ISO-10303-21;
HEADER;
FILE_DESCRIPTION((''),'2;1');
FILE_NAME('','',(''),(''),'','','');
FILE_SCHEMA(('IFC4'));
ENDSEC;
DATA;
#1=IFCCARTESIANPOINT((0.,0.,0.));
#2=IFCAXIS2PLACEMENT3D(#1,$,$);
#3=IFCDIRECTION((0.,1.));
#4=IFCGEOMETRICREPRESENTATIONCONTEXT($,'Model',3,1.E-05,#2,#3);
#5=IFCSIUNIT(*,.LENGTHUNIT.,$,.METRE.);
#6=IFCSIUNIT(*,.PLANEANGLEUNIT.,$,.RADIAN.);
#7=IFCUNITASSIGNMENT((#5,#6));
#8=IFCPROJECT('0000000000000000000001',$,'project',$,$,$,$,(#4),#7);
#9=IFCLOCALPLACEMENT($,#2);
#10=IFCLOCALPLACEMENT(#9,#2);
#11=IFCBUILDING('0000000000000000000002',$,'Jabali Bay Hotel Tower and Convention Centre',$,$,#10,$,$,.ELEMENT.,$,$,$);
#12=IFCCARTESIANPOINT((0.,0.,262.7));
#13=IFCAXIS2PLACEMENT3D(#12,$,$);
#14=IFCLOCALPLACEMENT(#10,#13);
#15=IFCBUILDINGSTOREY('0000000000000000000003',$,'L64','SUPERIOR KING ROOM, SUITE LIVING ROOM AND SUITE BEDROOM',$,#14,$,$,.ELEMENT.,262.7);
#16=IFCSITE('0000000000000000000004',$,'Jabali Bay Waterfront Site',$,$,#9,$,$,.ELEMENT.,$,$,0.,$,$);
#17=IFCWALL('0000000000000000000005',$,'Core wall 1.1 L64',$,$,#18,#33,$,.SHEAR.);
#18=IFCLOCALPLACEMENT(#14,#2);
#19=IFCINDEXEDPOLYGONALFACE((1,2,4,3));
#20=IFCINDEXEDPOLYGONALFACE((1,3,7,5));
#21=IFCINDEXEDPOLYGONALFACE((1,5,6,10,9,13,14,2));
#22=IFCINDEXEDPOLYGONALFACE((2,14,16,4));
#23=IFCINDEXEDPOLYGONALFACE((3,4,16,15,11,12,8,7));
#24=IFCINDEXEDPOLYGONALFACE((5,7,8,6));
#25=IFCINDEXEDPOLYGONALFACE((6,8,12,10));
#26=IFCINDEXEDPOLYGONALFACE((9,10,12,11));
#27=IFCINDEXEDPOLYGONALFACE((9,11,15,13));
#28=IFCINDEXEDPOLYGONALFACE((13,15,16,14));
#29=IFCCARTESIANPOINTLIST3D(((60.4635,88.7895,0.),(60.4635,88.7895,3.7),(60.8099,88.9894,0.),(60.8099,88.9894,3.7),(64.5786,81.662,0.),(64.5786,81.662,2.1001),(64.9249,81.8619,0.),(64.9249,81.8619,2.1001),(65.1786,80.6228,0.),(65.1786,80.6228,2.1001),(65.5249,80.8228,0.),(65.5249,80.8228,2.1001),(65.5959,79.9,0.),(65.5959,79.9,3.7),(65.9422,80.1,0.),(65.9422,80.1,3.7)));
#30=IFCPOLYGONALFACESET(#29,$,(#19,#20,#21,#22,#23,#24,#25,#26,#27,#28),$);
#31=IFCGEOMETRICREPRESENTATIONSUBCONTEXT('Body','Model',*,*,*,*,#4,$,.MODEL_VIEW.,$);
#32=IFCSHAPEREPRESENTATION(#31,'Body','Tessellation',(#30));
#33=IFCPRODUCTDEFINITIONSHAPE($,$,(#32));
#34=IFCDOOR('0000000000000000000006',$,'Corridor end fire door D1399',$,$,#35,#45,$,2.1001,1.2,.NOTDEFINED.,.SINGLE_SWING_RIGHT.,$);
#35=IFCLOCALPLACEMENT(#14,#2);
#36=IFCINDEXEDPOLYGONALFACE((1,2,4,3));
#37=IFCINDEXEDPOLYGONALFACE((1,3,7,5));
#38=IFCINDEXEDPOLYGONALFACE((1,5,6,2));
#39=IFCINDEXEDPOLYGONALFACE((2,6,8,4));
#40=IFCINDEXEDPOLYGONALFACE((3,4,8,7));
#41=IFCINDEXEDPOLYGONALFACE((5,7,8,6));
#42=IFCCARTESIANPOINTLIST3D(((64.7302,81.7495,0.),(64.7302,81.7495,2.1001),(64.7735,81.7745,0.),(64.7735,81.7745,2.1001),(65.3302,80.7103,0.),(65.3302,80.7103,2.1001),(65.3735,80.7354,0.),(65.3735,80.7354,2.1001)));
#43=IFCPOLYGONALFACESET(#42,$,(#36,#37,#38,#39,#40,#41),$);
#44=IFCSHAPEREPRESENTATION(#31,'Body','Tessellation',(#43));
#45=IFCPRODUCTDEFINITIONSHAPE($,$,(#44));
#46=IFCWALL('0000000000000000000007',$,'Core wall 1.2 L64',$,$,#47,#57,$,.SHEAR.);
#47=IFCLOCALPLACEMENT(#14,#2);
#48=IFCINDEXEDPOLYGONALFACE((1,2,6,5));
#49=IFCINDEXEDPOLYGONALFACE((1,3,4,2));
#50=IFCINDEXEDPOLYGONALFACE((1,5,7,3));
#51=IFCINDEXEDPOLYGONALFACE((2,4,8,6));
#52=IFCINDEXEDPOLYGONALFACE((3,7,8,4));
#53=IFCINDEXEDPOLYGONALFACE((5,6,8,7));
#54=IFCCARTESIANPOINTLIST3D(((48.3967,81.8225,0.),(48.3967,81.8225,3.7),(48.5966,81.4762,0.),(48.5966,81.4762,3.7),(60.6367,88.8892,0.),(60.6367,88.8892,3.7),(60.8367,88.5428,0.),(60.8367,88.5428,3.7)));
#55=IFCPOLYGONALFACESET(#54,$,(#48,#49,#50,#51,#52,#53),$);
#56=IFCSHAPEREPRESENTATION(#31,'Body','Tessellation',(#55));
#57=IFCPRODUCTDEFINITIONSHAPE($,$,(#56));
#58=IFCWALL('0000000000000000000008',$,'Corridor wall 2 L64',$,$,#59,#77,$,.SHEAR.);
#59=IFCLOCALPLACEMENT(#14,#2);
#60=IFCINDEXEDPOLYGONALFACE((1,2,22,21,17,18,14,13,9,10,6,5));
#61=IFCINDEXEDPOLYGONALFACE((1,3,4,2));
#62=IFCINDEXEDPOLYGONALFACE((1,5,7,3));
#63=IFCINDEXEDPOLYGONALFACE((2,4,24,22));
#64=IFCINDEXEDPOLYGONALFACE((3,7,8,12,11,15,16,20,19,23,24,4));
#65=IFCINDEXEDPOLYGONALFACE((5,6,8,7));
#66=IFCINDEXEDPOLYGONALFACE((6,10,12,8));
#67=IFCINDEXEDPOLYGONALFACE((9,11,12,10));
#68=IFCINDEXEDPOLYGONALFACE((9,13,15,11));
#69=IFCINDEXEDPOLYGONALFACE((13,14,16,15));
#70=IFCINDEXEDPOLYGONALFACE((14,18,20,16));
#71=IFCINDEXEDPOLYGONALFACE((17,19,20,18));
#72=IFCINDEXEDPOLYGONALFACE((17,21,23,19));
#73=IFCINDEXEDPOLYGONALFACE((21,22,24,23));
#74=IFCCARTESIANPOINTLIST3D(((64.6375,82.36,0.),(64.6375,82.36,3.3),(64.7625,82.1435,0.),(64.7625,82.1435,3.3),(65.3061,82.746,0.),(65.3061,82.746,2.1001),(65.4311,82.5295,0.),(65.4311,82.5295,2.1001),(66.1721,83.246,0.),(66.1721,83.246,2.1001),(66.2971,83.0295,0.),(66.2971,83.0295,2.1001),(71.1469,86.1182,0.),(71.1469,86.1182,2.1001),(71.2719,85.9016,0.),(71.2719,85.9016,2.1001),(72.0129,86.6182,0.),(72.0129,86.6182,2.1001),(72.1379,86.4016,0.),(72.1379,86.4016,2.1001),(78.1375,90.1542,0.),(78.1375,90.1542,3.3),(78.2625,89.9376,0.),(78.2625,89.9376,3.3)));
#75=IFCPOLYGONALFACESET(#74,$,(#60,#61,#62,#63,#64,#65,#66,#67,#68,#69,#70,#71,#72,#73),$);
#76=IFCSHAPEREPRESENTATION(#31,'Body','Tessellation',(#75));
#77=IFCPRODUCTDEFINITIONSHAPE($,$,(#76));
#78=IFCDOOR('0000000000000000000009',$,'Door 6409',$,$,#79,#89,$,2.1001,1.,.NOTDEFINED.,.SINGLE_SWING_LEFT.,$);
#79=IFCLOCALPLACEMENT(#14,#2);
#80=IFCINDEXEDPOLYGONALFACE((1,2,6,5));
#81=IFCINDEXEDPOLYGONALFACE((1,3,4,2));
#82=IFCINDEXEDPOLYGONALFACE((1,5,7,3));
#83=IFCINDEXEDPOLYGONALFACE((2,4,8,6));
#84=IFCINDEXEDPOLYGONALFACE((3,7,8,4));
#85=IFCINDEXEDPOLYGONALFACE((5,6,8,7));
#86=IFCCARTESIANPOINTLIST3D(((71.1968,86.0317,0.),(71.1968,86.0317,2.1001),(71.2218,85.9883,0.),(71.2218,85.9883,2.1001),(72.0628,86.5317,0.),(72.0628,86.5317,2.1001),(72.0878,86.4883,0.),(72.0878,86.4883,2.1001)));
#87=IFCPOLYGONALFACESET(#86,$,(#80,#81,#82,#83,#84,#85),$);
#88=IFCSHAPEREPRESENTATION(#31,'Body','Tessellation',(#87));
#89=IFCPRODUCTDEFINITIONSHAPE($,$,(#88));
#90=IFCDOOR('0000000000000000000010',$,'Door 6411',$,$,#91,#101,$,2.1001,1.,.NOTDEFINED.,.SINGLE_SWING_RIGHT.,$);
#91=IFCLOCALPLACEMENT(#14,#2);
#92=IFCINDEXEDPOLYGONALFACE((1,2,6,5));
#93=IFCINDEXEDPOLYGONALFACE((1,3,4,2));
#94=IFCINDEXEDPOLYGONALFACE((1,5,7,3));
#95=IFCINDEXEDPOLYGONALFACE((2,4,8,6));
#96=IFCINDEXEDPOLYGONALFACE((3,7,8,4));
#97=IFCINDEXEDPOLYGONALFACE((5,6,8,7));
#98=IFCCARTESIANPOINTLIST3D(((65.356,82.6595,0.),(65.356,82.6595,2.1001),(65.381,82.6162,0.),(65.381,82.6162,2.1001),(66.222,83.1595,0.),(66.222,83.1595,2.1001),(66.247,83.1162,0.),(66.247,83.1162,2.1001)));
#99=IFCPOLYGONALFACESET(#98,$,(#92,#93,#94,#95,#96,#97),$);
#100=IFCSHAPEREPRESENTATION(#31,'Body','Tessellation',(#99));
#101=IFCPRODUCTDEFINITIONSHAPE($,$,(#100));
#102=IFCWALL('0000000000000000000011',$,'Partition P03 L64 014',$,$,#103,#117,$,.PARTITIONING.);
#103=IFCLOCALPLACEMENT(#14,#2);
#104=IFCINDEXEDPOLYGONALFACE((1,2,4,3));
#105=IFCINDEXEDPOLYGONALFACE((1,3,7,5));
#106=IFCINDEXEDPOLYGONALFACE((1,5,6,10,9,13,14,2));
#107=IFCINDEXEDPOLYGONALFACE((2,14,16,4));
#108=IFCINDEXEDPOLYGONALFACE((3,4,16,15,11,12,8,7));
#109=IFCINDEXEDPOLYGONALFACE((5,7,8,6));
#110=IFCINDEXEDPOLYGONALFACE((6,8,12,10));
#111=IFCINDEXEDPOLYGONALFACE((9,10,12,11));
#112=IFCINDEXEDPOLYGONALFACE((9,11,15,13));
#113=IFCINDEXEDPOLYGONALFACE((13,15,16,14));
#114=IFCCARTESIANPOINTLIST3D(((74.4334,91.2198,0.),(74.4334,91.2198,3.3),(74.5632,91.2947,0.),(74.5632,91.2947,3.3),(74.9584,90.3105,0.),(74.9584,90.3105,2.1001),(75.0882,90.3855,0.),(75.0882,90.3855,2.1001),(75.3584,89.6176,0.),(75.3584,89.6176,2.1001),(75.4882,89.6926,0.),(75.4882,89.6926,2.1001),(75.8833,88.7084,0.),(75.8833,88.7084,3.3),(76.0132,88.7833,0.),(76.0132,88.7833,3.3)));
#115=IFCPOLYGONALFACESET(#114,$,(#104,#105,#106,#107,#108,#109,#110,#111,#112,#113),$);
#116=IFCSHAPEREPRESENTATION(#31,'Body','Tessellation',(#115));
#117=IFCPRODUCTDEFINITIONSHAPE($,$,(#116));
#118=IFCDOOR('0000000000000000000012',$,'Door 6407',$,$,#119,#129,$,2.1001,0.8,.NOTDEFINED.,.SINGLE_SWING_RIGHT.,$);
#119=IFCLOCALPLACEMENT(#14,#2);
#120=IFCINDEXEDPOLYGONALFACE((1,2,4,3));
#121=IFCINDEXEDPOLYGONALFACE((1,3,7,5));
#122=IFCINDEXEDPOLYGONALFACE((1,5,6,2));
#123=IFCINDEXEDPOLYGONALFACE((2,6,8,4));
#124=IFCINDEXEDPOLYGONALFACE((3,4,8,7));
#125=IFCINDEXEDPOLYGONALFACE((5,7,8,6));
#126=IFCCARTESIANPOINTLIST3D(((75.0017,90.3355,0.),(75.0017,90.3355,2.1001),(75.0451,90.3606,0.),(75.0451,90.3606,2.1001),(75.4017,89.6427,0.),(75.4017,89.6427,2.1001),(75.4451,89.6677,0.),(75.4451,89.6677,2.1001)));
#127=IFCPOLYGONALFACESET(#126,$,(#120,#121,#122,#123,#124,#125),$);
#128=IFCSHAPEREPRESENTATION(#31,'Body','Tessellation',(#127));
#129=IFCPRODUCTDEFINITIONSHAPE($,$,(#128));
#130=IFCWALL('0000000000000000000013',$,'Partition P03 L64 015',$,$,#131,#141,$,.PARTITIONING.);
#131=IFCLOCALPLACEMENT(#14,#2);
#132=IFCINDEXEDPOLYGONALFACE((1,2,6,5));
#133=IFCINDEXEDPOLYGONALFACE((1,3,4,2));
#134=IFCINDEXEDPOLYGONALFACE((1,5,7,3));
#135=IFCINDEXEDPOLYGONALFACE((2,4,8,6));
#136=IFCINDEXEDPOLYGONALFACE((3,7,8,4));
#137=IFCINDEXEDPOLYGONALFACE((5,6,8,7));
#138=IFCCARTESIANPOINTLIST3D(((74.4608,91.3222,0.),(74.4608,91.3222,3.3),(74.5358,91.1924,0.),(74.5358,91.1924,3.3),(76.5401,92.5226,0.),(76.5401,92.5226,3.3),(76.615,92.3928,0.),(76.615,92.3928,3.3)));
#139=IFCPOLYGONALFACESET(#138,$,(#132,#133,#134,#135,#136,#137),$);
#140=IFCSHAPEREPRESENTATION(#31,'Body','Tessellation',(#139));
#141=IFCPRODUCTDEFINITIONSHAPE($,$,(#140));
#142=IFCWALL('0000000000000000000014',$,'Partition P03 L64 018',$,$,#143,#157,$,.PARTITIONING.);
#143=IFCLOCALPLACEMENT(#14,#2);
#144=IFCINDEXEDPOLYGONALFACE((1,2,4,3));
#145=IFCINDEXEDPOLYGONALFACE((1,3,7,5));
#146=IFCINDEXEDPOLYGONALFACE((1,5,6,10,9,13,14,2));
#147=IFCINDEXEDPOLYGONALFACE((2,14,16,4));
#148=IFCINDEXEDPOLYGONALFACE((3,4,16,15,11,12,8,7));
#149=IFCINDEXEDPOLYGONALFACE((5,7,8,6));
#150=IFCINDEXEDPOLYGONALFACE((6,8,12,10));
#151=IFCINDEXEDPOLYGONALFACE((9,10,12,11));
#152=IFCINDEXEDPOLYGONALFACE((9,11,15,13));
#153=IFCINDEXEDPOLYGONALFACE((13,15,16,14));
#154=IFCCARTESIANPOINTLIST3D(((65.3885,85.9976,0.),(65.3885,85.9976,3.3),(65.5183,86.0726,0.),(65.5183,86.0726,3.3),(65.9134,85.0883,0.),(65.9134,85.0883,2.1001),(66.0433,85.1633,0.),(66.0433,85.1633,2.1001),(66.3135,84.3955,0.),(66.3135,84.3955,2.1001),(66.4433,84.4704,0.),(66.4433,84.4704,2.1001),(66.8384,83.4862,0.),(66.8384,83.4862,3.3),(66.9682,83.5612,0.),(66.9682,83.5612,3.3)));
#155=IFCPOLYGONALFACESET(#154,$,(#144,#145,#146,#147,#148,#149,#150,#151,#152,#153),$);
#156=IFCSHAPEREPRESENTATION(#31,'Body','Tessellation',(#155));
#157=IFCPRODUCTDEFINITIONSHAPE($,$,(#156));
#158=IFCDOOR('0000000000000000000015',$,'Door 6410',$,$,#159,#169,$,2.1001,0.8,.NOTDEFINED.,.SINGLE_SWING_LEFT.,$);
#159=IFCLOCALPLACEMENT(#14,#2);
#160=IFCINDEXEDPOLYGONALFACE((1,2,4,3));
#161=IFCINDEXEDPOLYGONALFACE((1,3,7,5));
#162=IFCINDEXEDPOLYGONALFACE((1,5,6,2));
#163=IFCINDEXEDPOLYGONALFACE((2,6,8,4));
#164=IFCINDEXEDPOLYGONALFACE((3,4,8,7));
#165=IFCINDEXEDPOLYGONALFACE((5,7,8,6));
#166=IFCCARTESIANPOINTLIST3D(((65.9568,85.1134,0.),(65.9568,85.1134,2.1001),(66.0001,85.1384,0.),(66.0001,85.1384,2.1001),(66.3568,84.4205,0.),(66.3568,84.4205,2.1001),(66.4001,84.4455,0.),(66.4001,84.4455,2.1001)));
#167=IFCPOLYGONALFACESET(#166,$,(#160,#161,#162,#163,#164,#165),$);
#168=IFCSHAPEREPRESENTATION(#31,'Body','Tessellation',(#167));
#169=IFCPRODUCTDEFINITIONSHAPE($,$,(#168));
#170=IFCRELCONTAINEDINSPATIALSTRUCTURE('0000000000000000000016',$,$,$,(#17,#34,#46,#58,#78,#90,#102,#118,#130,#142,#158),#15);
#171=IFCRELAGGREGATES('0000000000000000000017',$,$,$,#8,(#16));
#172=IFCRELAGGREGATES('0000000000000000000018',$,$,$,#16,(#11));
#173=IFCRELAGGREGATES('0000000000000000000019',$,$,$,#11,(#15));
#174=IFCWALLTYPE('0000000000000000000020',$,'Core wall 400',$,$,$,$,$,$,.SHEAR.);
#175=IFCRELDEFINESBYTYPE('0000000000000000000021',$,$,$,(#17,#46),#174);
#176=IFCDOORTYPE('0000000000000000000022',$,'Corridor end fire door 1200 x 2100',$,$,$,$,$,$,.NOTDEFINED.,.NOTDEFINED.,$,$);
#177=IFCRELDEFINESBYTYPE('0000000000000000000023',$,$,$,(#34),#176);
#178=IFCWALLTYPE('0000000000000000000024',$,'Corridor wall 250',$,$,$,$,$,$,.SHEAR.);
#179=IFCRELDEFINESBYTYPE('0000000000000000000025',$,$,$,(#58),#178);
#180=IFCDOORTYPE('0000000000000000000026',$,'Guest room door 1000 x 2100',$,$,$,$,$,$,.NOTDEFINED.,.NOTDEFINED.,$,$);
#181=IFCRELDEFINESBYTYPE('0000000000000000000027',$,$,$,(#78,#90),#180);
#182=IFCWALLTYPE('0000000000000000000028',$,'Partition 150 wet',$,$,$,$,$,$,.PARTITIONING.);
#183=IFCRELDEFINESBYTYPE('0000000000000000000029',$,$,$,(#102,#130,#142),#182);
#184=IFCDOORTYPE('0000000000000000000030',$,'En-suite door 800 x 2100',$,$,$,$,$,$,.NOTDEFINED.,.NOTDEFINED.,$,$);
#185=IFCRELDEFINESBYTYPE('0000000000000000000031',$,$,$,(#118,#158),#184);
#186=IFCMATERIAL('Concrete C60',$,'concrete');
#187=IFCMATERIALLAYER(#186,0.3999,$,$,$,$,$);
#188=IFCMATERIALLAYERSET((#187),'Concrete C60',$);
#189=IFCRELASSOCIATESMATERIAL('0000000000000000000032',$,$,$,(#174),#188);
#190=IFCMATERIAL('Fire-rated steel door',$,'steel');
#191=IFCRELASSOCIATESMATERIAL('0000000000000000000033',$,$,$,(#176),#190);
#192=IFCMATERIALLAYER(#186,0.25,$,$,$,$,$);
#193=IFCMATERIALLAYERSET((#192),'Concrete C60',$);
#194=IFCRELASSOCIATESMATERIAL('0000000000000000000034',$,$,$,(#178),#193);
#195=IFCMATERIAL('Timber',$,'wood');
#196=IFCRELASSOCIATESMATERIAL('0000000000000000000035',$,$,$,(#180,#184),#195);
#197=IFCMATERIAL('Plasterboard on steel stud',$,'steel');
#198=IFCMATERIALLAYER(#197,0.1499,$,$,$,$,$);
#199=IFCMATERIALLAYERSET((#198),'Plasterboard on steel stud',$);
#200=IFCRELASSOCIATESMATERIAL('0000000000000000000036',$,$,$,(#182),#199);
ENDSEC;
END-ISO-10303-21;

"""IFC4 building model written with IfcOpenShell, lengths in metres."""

from ifc_helpers import new_model, si_unit, direction, frame, frame_2d, origin, place, context, subcontext, project, spatial, rectangle, extrude, material, layer, layer_set, type_object, element, fill, save


model = new_model("IFC4")

# Units and contexts
model_context = context("Model", 3, precision=1e-05, world=origin(), true_north=direction((0.0, 1.0)))
body_context = subcontext(model_context, "Body", "Model", "MODEL_VIEW")
ifc_project = project(units=[si_unit("LENGTHUNIT", "METRE"), si_unit("PLANEANGLEUNIT", "RADIAN")], contexts=[model_context])

# Site, building, storey
site_placement = place(None, origin())
site = spatial("IfcSite", under=ifc_project, at=site_placement, Name="Jabali Bay Waterfront Site", CompositionType="ELEMENT", RefElevation=0.0)
building_placement = place(site_placement, origin())
building = spatial("IfcBuilding", under=site, at=building_placement, Name="Jabali Bay Hotel Tower and Convention Centre", CompositionType="ELEMENT")
storey_placement = place(building_placement, frame((0.0, 0.0, 262.7)))
storey = spatial("IfcBuildingStorey", under=building, at=storey_placement, Name="L64", Description="SUPERIOR KING ROOM, SUITE LIVING ROOM AND SUITE BEDROOM", CompositionType="ELEMENT", Elevation=262.7)

# Shared definitions
ifc_material_1 = material(Name="Fire-rated steel door", Category="steel")

# Wall, opening, door
ifc_material_2 = material(Name="Concrete C60", Category="concrete")
ifc_layer_1 = layer(ifc_material_2, 0.3999)
ifc_layer_set_1 = layer_set([ifc_layer_1], Name="Concrete C60")
wall_type_1 = type_object("IfcWallType", Name="Core wall 400", PredefinedType="SHEAR", material=ifc_layer_set_1)
wall_1_placement = place(storey_placement, frame((65.769, 80.0, 0.0), z_axis=(0.0, 0.0, 1.0), x_axis=(-0.500002, 0.866024, 0.0)))
wall_1 = element("IfcWall", 1, at=wall_1_placement, inside=storey, type_object=wall_type_1, Name="Core wall 1.1 L64", PredefinedType="SHEAR", context=body_context, shape_type="SweptSolid", body=[
    extrude(rectangle(XDim=10.2646, YDim=0.3999, at=frame_2d((5.1323, 0.0))), origin(), (0.0, 0.0, 1.0), 3.7),
])
opening_1_placement = place(wall_1_placement, frame((0.8345, 0.0, 0.0)))
opening_1 = element("IfcOpeningElement", 2, at=opening_1_placement, cuts=wall_1, PredefinedType="OPENING", context=body_context, shape_type="SweptSolid", body=[
    extrude(rectangle(XDim=1.2, YDim=2.1001, at=frame_2d((0.6001, 1.05))), frame((0.0, 0.2104, 0.0), z_axis=(0.0, -1.0, 0.0), x_axis=(1.0, 0.0, 0.0)), (0.0, 0.0, 1.0), 0.4209),
])
door_type_1 = type_object("IfcDoorType", Name="Corridor end fire door 1200 x 2100", OperationType="NOTDEFINED", PredefinedType="NOTDEFINED", material=ifc_material_1)
door_1_placement = place(opening_1_placement, origin())
door_1 = element("IfcDoor", 3, at=door_1_placement, inside=storey, type_object=door_type_1, Name="Corridor end fire door D1399", OperationType="SINGLE_SWING_RIGHT", OverallHeight=2.1001, OverallWidth=1.2, PredefinedType="NOTDEFINED", context=body_context, shape_type="SweptSolid", body=[
    extrude(rectangle(XDim=1.2, YDim=2.1001, at=frame_2d((0.6001, 1.05))), frame((0.0, 0.0249, 0.0), z_axis=(0.0, -1.0, 0.0), x_axis=(1.0, 0.0, 0.0)), (0.0, 0.0, 1.0), 0.05),
])
fill(opening_1, door_1)

# Wall
wall_2_placement = place(storey_placement, frame((60.7368, 88.7161, 0.0), z_axis=(0.0, 0.0, 1.0), x_axis=(-0.866029, -0.499994, 0.0)))
element("IfcWall", 4, at=wall_2_placement, inside=storey, type_object=wall_type_1, Name="Core wall 1.2 L64", PredefinedType="SHEAR", context=body_context, shape_type="SweptSolid", body=[
    extrude(rectangle(XDim=14.1335, YDim=0.3999, at=frame_2d((7.0669, 0.0))), origin(), (0.0, 0.0, 1.0), 3.7),
])

# Wall, openings, doors
ifc_layer_2 = layer(ifc_material_2, 0.25)
ifc_layer_set_2 = layer_set([ifc_layer_2], Name="Concrete C60")
wall_type_2 = type_object("IfcWallType", Name="Corridor wall 250", PredefinedType="SHEAR", material=ifc_layer_set_2)
wall_3_placement = place(storey_placement, frame((78.2, 90.0459, 0.0), z_axis=(0.0, 0.0, 1.0), x_axis=(-0.866026, -0.499998, 0.0)))
wall_3 = element("IfcWall", 5, at=wall_3_placement, inside=storey, type_object=wall_type_2, Name="Corridor wall 2 L64", PredefinedType="SHEAR", context=body_context, shape_type="SweptSolid", body=[
    extrude(rectangle(XDim=15.5884, YDim=0.25, at=frame_2d((7.7942, 0.0))), origin(), (0.0, 0.0, 1.0), 3.3),
])
opening_2_placement = place(wall_3_placement, frame((7.072, 0.0, 0.0)))
opening_2 = element("IfcOpeningElement", 6, at=opening_2_placement, cuts=wall_3, PredefinedType="OPENING", context=body_context, shape_type="SweptSolid", body=[
    extrude(rectangle(XDim=1.0, YDim=2.1001, at=frame_2d((0.5, 1.05))), frame((0.0, 0.1355, 0.0), z_axis=(0.0, -1.0, 0.0), x_axis=(1.0, 0.0, 0.0)), (0.0, 0.0, 1.0), 0.271),
])
opening_3_placement = place(wall_3_placement, frame((13.8164, 0.0, 0.0)))
opening_3 = element("IfcOpeningElement", 7, at=opening_3_placement, cuts=wall_3, PredefinedType="OPENING", context=body_context, shape_type="SweptSolid", body=[
    extrude(rectangle(XDim=1.0, YDim=2.1001, at=frame_2d((0.5, 1.05))), frame((0.0, 0.1355, 0.0), z_axis=(0.0, -1.0, 0.0), x_axis=(1.0, 0.0, 0.0)), (0.0, 0.0, 1.0), 0.271),
])
ifc_material_3 = material(Name="Timber", Category="wood")
door_type_2 = type_object("IfcDoorType", Name="Guest room door 1000 x 2100", OperationType="NOTDEFINED", PredefinedType="NOTDEFINED", material=ifc_material_3)
door_2_placement = place(opening_2_placement, origin())
door_2 = element("IfcDoor", 8, at=door_2_placement, inside=storey, type_object=door_type_2, Name="Door 6409", OperationType="SINGLE_SWING_LEFT", OverallHeight=2.1001, OverallWidth=1.0, PredefinedType="NOTDEFINED", context=body_context, shape_type="SweptSolid", body=[
    extrude(rectangle(XDim=1.0, YDim=2.1001, at=frame_2d((0.5, 1.05))), frame((0.0, 0.0249, 0.0), z_axis=(0.0, -1.0, 0.0), x_axis=(1.0, 0.0, 0.0)), (0.0, 0.0, 1.0), 0.05),
])
fill(opening_2, door_2)
door_3_placement = place(opening_3_placement, origin())
door_3 = element("IfcDoor", 9, at=door_3_placement, inside=storey, type_object=door_type_2, Name="Door 6411", OperationType="SINGLE_SWING_RIGHT", OverallHeight=2.1001, OverallWidth=1.0, PredefinedType="NOTDEFINED", context=body_context, shape_type="SweptSolid", body=[
    extrude(rectangle(XDim=1.0, YDim=2.1001, at=frame_2d((0.5, 1.05))), frame((0.0, 0.0249, 0.0), z_axis=(0.0, -1.0, 0.0), x_axis=(1.0, 0.0, 0.0)), (0.0, 0.0, 1.0), 0.05),
])
fill(opening_3, door_3)

# Wall, opening, door
ifc_material_4 = material(Name="Plasterboard on steel stud", Category="steel")
ifc_layer_3 = layer(ifc_material_4, 0.1499)
ifc_layer_set_3 = layer_set([ifc_layer_3], Name="Plasterboard on steel stud")
wall_type_3 = type_object("IfcWallType", Name="Partition 150 wet", PredefinedType="PARTITIONING", material=ifc_layer_set_3)
wall_4_placement = place(storey_placement, frame((75.9482, 88.7458, 0.0), z_axis=(0.0, 0.0, 1.0), x_axis=(-0.499987, 0.866033, 0.0)))
wall_4 = element("IfcWall", 10, at=wall_4_placement, inside=storey, type_object=wall_type_3, Name="Partition P03 L64 014", PredefinedType="PARTITIONING", context=body_context, shape_type="SweptSolid", body=[
    extrude(rectangle(XDim=2.8999, YDim=0.1499, at=frame_2d((1.45, 0.0))), origin(), (0.0, 0.0, 1.0), 3.3),
])
opening_4_placement = place(wall_4_placement, frame((1.05, 0.0, 0.0)))
opening_4 = element("IfcOpeningElement", 11, at=opening_4_placement, cuts=wall_4, PredefinedType="OPENING", context=body_context, shape_type="SweptSolid", body=[
    extrude(rectangle(XDim=0.8, YDim=2.1001, at=frame_2d((0.3999, 1.05))), frame((0.0, 0.0854, 0.0), z_axis=(0.0, -1.0, 0.0), x_axis=(1.0, 0.0, 0.0)), (0.0, 0.0, 1.0), 0.1709),
])
door_type_3 = type_object("IfcDoorType", Name="En-suite door 800 x 2100", OperationType="NOTDEFINED", PredefinedType="NOTDEFINED", material=ifc_material_3)
door_4_placement = place(opening_4_placement, origin())
door_4 = element("IfcDoor", 12, at=door_4_placement, inside=storey, type_object=door_type_3, Name="Door 6407", OperationType="SINGLE_SWING_RIGHT", OverallHeight=2.1001, OverallWidth=0.8, PredefinedType="NOTDEFINED", context=body_context, shape_type="SweptSolid", body=[
    extrude(rectangle(XDim=0.8, YDim=2.1001, at=frame_2d((0.3999, 1.05))), frame((0.0, 0.0249, 0.0), z_axis=(0.0, -1.0, 0.0), x_axis=(1.0, 0.0, 0.0)), (0.0, 0.0, 1.0), 0.05),
])
fill(opening_4, door_4)

# Wall
wall_5_placement = place(storey_placement, frame((74.4983, 91.2573, 0.0), z_axis=(0.0, 0.0, 1.0), x_axis=(0.866038, 0.499978, 0.0)))
element("IfcWall", 13, at=wall_5_placement, inside=storey, type_object=wall_type_3, Name="Partition P03 L64 015", PredefinedType="PARTITIONING", context=body_context, shape_type="SweptSolid", body=[
    extrude(rectangle(XDim=2.4009, YDim=0.1499, at=frame_2d((1.2004, 0.0))), origin(), (0.0, 0.0, 1.0), 3.3),
])

# Wall, opening, door
wall_6_placement = place(storey_placement, frame((66.9033, 83.5237, 0.0), z_axis=(0.0, 0.0, 1.0), x_axis=(-0.499987, 0.866033, 0.0)))
wall_6 = element("IfcWall", 14, at=wall_6_placement, inside=storey, type_object=wall_type_3, Name="Partition P03 L64 018", PredefinedType="PARTITIONING", context=body_context, shape_type="SweptSolid", body=[
    extrude(rectangle(XDim=2.8999, YDim=0.1499, at=frame_2d((1.45, 0.0))), origin(), (0.0, 0.0, 1.0), 3.3),
])
opening_5_placement = place(wall_6_placement, frame((1.05, 0.0, 0.0)))
opening_5 = element("IfcOpeningElement", 15, at=opening_5_placement, cuts=wall_6, PredefinedType="OPENING", context=body_context, shape_type="SweptSolid", body=[
    extrude(rectangle(XDim=0.8, YDim=2.1001, at=frame_2d((0.3999, 1.05))), frame((0.0, 0.0854, 0.0), z_axis=(0.0, -1.0, 0.0), x_axis=(1.0, 0.0, 0.0)), (0.0, 0.0, 1.0), 0.1709),
])
door_5_placement = place(opening_5_placement, origin())
door_5 = element("IfcDoor", 16, at=door_5_placement, inside=storey, type_object=door_type_3, Name="Door 6410", OperationType="SINGLE_SWING_LEFT", OverallHeight=2.1001, OverallWidth=0.8, PredefinedType="NOTDEFINED", context=body_context, shape_type="SweptSolid", body=[
    extrude(rectangle(XDim=0.8, YDim=2.1001, at=frame_2d((0.3999, 1.05))), frame((0.0, 0.0249, 0.0), z_axis=(0.0, -1.0, 0.0), x_axis=(1.0, 0.0, 0.0)), (0.0, 0.0, 1.0), 0.05),
])
fill(opening_5, door_5)

save(model, "model.ifc")
